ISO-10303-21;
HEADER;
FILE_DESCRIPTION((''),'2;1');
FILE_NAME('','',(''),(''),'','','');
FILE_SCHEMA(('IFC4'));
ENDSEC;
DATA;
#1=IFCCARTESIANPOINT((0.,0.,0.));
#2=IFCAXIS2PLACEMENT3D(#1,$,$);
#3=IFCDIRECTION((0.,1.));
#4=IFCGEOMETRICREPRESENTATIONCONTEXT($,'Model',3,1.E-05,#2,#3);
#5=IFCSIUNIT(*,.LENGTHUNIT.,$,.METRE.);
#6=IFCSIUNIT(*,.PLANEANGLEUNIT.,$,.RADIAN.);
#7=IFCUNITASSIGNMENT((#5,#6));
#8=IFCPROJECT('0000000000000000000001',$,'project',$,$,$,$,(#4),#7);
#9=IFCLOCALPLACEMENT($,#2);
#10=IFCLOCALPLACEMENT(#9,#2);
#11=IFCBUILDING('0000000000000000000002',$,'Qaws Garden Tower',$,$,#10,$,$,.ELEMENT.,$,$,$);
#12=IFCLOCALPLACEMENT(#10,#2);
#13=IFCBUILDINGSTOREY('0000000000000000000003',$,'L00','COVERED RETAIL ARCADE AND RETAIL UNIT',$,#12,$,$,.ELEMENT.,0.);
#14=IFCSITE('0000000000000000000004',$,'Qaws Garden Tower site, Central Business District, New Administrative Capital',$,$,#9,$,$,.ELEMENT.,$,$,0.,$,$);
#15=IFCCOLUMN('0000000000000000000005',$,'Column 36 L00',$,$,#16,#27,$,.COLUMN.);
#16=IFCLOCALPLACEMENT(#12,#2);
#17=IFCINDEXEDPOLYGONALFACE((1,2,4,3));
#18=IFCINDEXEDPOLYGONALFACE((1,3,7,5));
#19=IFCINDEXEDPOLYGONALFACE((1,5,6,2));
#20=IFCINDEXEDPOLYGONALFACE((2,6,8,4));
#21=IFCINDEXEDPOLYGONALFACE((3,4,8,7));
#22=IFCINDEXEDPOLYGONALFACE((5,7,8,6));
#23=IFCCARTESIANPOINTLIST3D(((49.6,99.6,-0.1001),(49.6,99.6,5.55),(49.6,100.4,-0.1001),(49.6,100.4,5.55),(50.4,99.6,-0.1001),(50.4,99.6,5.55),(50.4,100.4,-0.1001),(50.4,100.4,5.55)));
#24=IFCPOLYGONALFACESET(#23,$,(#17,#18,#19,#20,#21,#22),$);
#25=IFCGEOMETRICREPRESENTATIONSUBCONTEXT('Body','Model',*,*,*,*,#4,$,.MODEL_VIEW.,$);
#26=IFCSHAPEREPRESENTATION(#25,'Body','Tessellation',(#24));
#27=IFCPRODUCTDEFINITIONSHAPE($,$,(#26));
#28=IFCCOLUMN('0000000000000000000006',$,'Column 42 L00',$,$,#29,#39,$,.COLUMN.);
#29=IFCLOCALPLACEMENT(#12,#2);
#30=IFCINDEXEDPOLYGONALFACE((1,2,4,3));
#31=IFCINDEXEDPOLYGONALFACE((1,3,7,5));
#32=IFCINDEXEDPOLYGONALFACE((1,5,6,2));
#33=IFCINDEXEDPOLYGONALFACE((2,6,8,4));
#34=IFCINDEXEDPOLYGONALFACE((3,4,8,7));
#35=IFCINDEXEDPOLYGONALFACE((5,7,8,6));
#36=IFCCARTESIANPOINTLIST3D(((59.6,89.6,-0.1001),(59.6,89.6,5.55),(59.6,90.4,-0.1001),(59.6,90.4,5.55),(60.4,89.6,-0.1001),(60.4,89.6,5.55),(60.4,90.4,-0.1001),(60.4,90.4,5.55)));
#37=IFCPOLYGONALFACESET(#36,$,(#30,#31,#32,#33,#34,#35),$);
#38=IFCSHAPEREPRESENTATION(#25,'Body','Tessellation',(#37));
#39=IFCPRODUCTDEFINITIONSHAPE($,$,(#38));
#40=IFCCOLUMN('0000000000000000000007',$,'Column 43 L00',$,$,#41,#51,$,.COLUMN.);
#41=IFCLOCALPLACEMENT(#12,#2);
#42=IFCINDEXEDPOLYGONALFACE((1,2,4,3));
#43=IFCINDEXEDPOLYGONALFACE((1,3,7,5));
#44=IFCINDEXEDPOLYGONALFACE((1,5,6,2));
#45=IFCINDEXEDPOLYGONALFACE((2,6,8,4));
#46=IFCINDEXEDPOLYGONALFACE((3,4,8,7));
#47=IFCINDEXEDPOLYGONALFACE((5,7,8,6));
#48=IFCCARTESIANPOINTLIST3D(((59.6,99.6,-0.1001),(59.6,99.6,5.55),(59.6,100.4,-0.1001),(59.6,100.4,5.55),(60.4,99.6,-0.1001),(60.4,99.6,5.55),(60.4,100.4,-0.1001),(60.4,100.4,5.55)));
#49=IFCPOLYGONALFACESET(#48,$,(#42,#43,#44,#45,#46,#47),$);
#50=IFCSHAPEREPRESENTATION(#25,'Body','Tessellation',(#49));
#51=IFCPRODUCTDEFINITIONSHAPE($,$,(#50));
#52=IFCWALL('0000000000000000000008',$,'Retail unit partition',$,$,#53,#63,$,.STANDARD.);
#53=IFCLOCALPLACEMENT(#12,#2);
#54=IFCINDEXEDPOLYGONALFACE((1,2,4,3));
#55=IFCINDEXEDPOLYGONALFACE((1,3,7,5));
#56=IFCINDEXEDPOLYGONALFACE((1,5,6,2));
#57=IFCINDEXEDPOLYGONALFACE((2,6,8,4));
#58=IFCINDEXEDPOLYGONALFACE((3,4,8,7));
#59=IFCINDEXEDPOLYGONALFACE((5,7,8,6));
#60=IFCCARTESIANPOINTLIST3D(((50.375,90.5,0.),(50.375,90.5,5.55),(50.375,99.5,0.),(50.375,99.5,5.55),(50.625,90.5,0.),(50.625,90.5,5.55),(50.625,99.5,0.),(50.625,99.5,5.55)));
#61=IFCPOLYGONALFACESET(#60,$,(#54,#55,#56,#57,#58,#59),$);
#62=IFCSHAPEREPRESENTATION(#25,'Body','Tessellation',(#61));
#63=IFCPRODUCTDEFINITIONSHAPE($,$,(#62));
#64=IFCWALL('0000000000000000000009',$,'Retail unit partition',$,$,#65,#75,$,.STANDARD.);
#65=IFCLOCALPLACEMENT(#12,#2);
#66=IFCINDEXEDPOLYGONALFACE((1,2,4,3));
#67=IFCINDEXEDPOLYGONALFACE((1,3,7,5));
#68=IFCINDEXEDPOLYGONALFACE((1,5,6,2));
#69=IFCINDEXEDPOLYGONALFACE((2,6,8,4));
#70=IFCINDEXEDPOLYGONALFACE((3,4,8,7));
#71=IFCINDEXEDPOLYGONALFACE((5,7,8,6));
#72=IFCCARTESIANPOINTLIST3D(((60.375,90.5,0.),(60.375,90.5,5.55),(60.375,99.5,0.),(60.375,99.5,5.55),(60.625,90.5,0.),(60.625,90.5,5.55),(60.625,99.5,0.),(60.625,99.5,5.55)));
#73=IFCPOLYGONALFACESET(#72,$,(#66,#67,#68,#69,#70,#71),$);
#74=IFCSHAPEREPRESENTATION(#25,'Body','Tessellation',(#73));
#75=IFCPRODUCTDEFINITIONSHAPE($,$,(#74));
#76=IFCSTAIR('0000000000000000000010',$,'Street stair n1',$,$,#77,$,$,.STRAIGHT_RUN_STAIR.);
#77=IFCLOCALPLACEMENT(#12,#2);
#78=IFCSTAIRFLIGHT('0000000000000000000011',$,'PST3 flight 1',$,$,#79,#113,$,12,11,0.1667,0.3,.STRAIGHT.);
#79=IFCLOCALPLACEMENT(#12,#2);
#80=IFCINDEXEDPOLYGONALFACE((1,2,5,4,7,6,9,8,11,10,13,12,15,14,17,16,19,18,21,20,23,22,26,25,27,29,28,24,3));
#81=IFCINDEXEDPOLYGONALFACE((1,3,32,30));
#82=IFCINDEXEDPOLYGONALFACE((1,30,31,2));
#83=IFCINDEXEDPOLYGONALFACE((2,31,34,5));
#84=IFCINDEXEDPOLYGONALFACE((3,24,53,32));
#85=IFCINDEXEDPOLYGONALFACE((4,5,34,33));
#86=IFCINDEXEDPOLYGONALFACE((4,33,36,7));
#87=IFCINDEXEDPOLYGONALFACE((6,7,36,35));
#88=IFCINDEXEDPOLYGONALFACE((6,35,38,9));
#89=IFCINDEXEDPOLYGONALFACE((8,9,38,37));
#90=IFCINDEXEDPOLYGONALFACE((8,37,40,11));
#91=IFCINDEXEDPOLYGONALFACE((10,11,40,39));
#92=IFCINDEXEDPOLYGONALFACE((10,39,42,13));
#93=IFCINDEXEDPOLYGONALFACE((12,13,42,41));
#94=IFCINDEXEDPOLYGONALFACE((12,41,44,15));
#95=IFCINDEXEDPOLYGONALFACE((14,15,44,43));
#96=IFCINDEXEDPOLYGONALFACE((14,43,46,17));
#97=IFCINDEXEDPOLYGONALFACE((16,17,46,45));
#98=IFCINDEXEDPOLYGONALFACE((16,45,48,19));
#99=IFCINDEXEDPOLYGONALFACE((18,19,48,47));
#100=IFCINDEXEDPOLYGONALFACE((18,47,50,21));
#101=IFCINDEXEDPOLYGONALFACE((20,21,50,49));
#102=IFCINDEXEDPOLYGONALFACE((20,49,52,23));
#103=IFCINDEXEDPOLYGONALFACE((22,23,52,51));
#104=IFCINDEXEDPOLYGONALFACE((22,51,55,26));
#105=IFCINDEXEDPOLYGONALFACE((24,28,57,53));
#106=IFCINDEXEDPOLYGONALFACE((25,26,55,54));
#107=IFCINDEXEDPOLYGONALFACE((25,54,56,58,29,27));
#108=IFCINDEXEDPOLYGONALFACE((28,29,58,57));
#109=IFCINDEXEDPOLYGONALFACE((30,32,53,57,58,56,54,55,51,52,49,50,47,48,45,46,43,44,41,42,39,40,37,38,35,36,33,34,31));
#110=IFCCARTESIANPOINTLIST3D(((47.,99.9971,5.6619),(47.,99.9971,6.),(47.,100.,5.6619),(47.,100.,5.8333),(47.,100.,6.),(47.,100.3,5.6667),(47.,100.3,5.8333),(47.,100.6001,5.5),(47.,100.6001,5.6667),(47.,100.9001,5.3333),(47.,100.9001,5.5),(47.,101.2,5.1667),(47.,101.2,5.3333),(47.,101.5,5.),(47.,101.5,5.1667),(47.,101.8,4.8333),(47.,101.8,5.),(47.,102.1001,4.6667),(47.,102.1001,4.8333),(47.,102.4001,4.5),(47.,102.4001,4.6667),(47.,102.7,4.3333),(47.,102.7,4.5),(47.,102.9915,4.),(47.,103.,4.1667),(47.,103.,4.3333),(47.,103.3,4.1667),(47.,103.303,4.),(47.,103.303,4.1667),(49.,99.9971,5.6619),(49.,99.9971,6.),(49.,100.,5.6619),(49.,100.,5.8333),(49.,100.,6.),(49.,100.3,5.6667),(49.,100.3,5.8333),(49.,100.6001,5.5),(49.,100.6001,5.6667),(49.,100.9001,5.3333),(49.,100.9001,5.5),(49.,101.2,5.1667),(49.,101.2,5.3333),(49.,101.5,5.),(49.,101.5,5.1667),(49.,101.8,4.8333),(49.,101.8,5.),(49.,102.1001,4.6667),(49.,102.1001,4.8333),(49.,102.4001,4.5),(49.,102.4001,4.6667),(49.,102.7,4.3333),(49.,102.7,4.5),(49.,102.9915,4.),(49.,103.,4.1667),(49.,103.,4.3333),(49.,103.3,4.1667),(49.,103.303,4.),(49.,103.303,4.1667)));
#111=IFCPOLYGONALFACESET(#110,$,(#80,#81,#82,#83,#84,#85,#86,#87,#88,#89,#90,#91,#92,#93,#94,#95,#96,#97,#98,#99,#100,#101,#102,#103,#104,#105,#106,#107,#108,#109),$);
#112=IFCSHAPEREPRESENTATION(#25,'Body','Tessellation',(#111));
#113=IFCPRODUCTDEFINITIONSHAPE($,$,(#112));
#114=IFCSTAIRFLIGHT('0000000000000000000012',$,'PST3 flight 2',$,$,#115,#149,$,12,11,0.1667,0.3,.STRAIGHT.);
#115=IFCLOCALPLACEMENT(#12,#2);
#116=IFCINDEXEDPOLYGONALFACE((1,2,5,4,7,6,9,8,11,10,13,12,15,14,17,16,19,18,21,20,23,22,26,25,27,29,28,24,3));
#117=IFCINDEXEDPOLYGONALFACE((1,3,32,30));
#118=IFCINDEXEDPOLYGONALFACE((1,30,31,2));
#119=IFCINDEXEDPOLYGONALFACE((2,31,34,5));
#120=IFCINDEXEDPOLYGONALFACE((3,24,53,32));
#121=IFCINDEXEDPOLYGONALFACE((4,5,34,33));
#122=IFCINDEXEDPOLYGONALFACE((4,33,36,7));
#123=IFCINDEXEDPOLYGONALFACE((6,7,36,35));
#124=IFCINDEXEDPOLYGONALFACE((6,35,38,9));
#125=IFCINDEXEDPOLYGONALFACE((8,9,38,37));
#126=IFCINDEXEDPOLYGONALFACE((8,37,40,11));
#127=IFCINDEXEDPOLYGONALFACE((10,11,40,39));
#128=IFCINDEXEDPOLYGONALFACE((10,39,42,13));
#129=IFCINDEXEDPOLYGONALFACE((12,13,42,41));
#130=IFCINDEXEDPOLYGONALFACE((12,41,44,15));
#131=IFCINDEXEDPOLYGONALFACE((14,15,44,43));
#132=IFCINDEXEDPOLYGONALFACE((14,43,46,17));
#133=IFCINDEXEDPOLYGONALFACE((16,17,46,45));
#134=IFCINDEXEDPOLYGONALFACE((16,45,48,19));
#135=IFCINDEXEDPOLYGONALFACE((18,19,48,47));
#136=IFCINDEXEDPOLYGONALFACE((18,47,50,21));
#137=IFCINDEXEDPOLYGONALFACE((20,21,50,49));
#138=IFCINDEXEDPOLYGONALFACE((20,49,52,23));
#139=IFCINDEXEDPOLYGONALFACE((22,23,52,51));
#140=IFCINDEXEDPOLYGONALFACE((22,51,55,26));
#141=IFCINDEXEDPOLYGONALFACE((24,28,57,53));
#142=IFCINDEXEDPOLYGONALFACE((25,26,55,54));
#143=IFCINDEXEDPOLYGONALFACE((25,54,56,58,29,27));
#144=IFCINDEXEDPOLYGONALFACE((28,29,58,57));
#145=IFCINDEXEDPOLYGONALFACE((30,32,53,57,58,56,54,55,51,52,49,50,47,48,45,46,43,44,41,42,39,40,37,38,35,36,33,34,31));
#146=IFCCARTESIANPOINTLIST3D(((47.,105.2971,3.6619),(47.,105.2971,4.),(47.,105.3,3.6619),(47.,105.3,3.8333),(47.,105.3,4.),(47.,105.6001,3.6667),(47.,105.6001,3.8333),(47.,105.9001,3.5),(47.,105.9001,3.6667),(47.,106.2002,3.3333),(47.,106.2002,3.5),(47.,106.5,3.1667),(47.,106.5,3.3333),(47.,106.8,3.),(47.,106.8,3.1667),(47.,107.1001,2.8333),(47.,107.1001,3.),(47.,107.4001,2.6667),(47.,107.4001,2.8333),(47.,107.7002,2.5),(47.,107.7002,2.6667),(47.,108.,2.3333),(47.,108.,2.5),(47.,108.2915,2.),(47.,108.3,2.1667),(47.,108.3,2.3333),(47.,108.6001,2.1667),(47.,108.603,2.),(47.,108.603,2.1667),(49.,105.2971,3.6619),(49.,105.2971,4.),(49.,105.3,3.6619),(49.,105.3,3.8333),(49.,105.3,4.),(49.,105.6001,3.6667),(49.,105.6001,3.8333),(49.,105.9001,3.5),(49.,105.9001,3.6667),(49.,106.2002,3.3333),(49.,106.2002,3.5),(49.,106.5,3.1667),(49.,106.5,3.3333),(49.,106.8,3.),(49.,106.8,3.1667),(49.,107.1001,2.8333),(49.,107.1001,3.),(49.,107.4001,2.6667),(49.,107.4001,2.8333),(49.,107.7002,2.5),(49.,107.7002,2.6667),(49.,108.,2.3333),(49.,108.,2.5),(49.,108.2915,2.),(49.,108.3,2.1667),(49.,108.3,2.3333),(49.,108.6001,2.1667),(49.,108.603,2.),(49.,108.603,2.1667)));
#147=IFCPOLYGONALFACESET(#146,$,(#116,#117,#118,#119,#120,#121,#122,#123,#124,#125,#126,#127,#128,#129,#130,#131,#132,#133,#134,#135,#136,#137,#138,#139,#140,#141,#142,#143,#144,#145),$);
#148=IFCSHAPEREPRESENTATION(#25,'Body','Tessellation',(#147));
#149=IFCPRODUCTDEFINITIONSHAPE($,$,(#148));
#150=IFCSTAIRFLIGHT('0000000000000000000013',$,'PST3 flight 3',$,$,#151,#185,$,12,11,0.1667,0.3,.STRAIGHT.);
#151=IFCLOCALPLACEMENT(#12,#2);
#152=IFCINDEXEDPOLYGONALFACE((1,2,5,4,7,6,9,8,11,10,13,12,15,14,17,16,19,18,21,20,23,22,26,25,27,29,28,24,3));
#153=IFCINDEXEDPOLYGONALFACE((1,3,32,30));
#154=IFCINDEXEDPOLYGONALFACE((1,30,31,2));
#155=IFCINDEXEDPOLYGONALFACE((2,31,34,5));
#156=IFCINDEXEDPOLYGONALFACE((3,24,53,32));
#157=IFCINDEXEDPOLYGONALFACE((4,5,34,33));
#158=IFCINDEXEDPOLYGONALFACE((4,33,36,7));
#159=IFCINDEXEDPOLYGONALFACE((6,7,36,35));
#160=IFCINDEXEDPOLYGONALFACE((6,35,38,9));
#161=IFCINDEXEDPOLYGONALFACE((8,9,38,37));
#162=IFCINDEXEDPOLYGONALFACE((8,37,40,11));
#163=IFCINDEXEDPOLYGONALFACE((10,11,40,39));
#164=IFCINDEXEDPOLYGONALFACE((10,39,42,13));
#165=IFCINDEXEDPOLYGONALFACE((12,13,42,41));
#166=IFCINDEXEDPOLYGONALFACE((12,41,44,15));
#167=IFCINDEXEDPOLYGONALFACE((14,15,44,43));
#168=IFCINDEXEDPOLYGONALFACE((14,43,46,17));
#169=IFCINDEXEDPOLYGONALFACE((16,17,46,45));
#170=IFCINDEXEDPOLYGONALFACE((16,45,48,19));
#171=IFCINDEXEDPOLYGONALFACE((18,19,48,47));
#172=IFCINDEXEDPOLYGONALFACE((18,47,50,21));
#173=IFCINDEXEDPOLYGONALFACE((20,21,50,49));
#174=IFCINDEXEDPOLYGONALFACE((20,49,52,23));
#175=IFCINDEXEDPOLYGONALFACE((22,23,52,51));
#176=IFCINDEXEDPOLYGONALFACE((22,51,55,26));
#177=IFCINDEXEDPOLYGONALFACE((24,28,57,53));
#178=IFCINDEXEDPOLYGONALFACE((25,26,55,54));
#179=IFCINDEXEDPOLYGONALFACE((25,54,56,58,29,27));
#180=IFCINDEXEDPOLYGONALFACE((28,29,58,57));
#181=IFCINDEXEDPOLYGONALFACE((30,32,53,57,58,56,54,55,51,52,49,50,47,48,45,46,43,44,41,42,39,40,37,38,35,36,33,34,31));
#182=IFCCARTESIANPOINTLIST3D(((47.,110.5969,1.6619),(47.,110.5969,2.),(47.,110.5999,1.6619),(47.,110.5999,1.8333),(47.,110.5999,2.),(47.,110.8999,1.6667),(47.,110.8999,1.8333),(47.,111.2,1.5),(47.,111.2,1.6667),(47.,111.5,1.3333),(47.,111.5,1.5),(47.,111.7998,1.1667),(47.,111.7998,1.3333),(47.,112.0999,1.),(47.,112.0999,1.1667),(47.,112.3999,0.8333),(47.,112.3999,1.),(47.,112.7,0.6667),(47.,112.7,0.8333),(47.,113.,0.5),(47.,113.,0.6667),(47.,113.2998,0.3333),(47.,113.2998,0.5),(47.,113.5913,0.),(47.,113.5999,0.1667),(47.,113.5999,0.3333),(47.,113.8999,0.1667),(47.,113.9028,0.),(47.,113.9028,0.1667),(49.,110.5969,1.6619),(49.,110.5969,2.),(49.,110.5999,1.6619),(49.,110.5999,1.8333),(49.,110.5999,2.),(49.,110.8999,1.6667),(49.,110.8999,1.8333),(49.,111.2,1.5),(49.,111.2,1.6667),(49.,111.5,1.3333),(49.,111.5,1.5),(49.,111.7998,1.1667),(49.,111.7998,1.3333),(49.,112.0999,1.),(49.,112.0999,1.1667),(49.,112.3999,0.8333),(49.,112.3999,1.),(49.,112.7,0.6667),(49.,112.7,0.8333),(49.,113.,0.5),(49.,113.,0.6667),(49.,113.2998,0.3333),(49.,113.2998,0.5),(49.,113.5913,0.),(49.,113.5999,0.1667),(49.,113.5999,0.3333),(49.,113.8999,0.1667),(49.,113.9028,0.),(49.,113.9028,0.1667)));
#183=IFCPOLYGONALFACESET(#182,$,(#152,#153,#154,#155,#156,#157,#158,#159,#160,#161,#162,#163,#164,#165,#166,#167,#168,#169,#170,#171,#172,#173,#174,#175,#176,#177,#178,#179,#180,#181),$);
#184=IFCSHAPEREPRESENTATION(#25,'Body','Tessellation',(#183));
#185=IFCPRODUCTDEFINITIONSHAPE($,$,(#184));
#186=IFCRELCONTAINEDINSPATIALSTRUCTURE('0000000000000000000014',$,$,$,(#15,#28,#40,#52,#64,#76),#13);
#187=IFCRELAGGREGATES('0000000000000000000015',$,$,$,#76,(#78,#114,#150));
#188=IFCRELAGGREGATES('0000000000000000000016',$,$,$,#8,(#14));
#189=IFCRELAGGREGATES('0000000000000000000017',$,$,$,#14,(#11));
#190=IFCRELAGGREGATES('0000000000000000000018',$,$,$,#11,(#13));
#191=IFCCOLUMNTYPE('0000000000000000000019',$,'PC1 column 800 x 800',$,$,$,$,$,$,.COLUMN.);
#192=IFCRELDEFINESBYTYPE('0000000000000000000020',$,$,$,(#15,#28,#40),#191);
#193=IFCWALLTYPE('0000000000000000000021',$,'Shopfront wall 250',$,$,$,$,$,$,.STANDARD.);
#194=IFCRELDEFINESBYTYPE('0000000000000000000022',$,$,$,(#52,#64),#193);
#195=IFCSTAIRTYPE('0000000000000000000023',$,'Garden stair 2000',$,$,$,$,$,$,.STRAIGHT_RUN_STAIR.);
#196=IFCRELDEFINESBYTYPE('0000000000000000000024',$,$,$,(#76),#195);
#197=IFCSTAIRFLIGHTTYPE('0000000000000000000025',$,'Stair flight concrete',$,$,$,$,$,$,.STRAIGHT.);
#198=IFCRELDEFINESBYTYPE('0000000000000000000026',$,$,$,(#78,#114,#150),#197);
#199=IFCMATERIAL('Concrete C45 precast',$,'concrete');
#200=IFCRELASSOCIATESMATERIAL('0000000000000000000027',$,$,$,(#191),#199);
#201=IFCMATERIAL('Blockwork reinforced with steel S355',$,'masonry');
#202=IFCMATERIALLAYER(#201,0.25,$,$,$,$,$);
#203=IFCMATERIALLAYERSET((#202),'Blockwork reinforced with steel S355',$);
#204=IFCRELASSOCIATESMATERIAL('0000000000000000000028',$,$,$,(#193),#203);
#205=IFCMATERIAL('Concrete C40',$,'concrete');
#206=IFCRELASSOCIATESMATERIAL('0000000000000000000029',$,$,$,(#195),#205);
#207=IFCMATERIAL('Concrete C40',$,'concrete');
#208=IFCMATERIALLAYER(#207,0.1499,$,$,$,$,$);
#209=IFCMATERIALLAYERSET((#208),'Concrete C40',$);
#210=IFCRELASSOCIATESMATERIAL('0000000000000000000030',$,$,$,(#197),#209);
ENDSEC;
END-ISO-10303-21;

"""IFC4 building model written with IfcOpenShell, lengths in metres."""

from ifc_helpers import new_model, si_unit, direction, frame, frame_2d, origin, origin_2d, place, context, subcontext, project, spatial, polyline, rectangle, outline, extrude, material, layer, layer_set, material_profile, profile_set, type_object, element, aggregate, save


model = new_model("IFC4")

# Units and contexts
model_context = context("Model", 3, precision=1e-05, world=origin(), true_north=direction((0.0, 1.0)))
body_context = subcontext(model_context, "Body", "Model", "MODEL_VIEW")
ifc_project = project(units=[si_unit("LENGTHUNIT", "METRE"), si_unit("PLANEANGLEUNIT", "RADIAN")], contexts=[model_context])

# Site, building, storey
site_placement = place(None, origin())
site = spatial("IfcSite", under=ifc_project, at=site_placement, Name="Qaws Garden Tower site, Central Business District, New Administrative Capital", CompositionType="ELEMENT", RefElevation=0.0)
building_placement = place(site_placement, origin())
building = spatial("IfcBuilding", under=site, at=building_placement, Name="Qaws Garden Tower", CompositionType="ELEMENT")
storey_placement = place(building_placement, origin())
storey = spatial("IfcBuildingStorey", under=building, at=storey_placement, Name="L00", Description="COVERED RETAIL ARCADE AND RETAIL UNIT", CompositionType="ELEMENT", Elevation=0.0)

# Columns
ifc_material_1 = material(Name="Concrete C45 precast", Category="concrete")
ifc_material_profile = material_profile(ifc_material_1, rectangle(XDim=0.8, YDim=0.8, at=origin_2d()), Name="PC1 column 800 x 800")
ifc_profile_set = profile_set([ifc_material_profile], Name="Concrete C45 precast")
column_type = type_object("IfcColumnType", Name="PC1 column 800 x 800", PredefinedType="COLUMN", material=ifc_profile_set)
for number, where, z_axis, x_axis, name in (
    (1, (50.0, 100.0, -0.1001), (0.0, 0.0, 1.0), (1.0, 0.0, 0.0), "Column 36 L00"),
    (2, (60.0, 90.0, -0.1001), (0.0, 0.0, 1.0), (1.0, 0.0, 0.0), "Column 42 L00"),
    (3, (60.0, 100.0, -0.1001), (0.0, 0.0, 1.0), (1.0, 0.0, 0.0), "Column 43 L00"),
):
    element("IfcColumn", number, at=place(storey_placement, frame(where, z_axis=z_axis, x_axis=x_axis)), inside=storey, type_object=column_type, Name=name, PredefinedType="COLUMN", context=body_context, shape_type="SweptSolid", body=[
        extrude(rectangle(XDim=0.8, YDim=0.8, at=origin_2d()), origin(), (0.0, 0.0, 1.0), 5.6501),
    ])

# Walls
ifc_material_2 = material(Name="Blockwork reinforced with steel S355", Category="masonry")
ifc_layer_1 = layer(ifc_material_2, 0.25)
ifc_layer_set_1 = layer_set([ifc_layer_1], Name="Blockwork reinforced with steel S355")
wall_type = type_object("IfcWallType", Name="Shopfront wall 250", PredefinedType="STANDARD", material=ifc_layer_set_1)
for number, where, z_axis, x_axis, name in (
    (4, (50.5, 90.5, 0.0), (0.0, 0.0, 1.0), (0.0, 1.0, 0.0), "Retail unit partition"),
    (5, (60.5, 90.5, 0.0), (0.0, 0.0, 1.0), (0.0, 1.0, 0.0), "Retail unit partition"),
):
    element("IfcWall", number, at=place(storey_placement, frame(where, z_axis=z_axis, x_axis=x_axis)), inside=storey, type_object=wall_type, Name=name, PredefinedType="STANDARD", context=body_context, shape_type="SweptSolid", body=[
        extrude(rectangle(XDim=9.0, YDim=0.25, at=frame_2d((4.5, 0.0))), origin(), (0.0, 0.0, 1.0), 5.55),
    ])

# Stair, stair flights
ifc_material_3 = material(Name="Concrete C40", Category="concrete")
stair_type = type_object("IfcStairType", Name="Garden stair 2000", PredefinedType="STRAIGHT_RUN_STAIR", material=ifc_material_3)
placement = place(storey_placement, origin())
stair_1 = element("IfcStair", 6, at=placement, inside=storey, type_object=stair_type, Name="Street stair n1", PredefinedType="STRAIGHT_RUN_STAIR")
ifc_material_4 = material(Name="Concrete C40", Category="concrete")
ifc_layer_2 = layer(ifc_material_4, 0.1499)
ifc_layer_set_2 = layer_set([ifc_layer_2], Name="Concrete C40")
stair_flight_type = type_object("IfcStairFlightType", Name="Stair flight concrete", PredefinedType="STRAIGHT", material=ifc_layer_set_2)
stair_flight_1_placement = place(storey_placement, frame((48.0, 103.3, 4.0), z_axis=(0.0, 0.0, 1.0), x_axis=(0.0, -1.0, 0.0)))
stair_flight_1 = element("IfcStairFlight", 7, at=stair_flight_1_placement, type_object=stair_flight_type, Name="PST3 flight 1", NumberOfRisers=12, NumberOfTreads=11, PredefinedType="STRAIGHT", RiserHeight=0.1667, TreadLength=0.3, context=body_context, shape_type="SweptSolid", body=[
    extrude(outline(polyline([(-0.0029, 0.0), (-0.0029, 0.1667), (0.0, 0.1667), (0.3, 0.1667), (0.3, 0.3333), (0.6001, 0.3333), (0.6001, 0.5), (0.8999, 0.5), (0.8999, 0.6667), (1.2, 0.6667), (1.2, 0.8333), (1.5, 0.8333), (1.5, 1.0), (1.8, 1.0), (1.8, 1.1667), (2.1001, 1.1667), (2.1001, 1.3333), (2.3999, 1.3333), (2.3999, 1.5), (2.7, 1.5), (2.7, 1.6667), (3.0, 1.6667), (3.0, 1.8333), (3.3, 1.8333), (3.3, 2.0), (3.303, 2.0), (3.303, 1.6619), (3.3, 1.6619), (0.3086, 0.0), (-0.0029, 0.0)])), frame((0.0, 1.0, 0.0), z_axis=(0.0, -1.0, 0.0), x_axis=(1.0, 0.0, 0.0)), (0.0, 0.0, 1.0), 2.0),
])
stair_flight_2_placement = place(storey_placement, frame((48.0, 108.6001, 2.0), z_axis=(0.0, 0.0, 1.0), x_axis=(0.0, -1.0, 0.0)))
stair_flight_2 = element("IfcStairFlight", 8, at=stair_flight_2_placement, type_object=stair_flight_type, Name="PST3 flight 2", NumberOfRisers=12, NumberOfTreads=11, PredefinedType="STRAIGHT", RiserHeight=0.1667, TreadLength=0.3, context=body_context, shape_type="SweptSolid", body=[
    extrude(outline(polyline([(-0.0029, 0.0), (-0.0029, 0.1667), (0.0, 0.1667), (0.3, 0.1667), (0.3, 0.3333), (0.6001, 0.3333), (0.6001, 0.5), (0.8999, 0.5), (0.8999, 0.6667), (1.2, 0.6667), (1.2, 0.8333), (1.5, 0.8333), (1.5, 1.0), (1.8, 1.0), (1.8, 1.1667), (2.1001, 1.1667), (2.1001, 1.3333), (2.3999, 1.3333), (2.3999, 1.5), (2.7, 1.5), (2.7, 1.6667), (3.0, 1.6667), (3.0, 1.8333), (3.3, 1.8333), (3.3, 2.0), (3.303, 2.0), (3.303, 1.6619), (3.3, 1.6619), (0.3086, 0.0), (-0.0029, 0.0)])), frame((0.0, 1.0, 0.0), z_axis=(0.0, -1.0, 0.0), x_axis=(1.0, 0.0, 0.0)), (0.0, 0.0, 1.0), 2.0),
])
stair_flight_3_placement = place(storey_placement, frame((48.0, 113.8999, 0.0), z_axis=(0.0, 0.0, 1.0), x_axis=(0.0, -1.0, 0.0)))
stair_flight_3 = element("IfcStairFlight", 9, at=stair_flight_3_placement, type_object=stair_flight_type, Name="PST3 flight 3", NumberOfRisers=12, NumberOfTreads=11, PredefinedType="STRAIGHT", RiserHeight=0.1667, TreadLength=0.3, context=body_context, shape_type="SweptSolid", body=[
    extrude(outline(polyline([(-0.0029, 0.0), (-0.0029, 0.1667), (0.0, 0.1667), (0.3, 0.1667), (0.3, 0.3333), (0.6001, 0.3333), (0.6001, 0.5), (0.8999, 0.5), (0.8999, 0.6667), (1.2, 0.6667), (1.2, 0.8333), (1.5, 0.8333), (1.5, 1.0), (1.8, 1.0), (1.8, 1.1667), (2.1001, 1.1667), (2.1001, 1.3333), (2.3999, 1.3333), (2.3999, 1.5), (2.7, 1.5), (2.7, 1.6667), (3.0, 1.6667), (3.0, 1.8333), (3.3, 1.8333), (3.3, 2.0), (3.303, 2.0), (3.303, 1.6619), (3.3, 1.6619), (0.3086, 0.0), (-0.0029, 0.0)])), frame((0.0, 1.0, 0.0), z_axis=(0.0, -1.0, 0.0), x_axis=(1.0, 0.0, 0.0)), (0.0, 0.0, 1.0), 2.0),
])
aggregate(stair_1, [stair_flight_1, stair_flight_2, stair_flight_3])

save(model, "model.ifc")
